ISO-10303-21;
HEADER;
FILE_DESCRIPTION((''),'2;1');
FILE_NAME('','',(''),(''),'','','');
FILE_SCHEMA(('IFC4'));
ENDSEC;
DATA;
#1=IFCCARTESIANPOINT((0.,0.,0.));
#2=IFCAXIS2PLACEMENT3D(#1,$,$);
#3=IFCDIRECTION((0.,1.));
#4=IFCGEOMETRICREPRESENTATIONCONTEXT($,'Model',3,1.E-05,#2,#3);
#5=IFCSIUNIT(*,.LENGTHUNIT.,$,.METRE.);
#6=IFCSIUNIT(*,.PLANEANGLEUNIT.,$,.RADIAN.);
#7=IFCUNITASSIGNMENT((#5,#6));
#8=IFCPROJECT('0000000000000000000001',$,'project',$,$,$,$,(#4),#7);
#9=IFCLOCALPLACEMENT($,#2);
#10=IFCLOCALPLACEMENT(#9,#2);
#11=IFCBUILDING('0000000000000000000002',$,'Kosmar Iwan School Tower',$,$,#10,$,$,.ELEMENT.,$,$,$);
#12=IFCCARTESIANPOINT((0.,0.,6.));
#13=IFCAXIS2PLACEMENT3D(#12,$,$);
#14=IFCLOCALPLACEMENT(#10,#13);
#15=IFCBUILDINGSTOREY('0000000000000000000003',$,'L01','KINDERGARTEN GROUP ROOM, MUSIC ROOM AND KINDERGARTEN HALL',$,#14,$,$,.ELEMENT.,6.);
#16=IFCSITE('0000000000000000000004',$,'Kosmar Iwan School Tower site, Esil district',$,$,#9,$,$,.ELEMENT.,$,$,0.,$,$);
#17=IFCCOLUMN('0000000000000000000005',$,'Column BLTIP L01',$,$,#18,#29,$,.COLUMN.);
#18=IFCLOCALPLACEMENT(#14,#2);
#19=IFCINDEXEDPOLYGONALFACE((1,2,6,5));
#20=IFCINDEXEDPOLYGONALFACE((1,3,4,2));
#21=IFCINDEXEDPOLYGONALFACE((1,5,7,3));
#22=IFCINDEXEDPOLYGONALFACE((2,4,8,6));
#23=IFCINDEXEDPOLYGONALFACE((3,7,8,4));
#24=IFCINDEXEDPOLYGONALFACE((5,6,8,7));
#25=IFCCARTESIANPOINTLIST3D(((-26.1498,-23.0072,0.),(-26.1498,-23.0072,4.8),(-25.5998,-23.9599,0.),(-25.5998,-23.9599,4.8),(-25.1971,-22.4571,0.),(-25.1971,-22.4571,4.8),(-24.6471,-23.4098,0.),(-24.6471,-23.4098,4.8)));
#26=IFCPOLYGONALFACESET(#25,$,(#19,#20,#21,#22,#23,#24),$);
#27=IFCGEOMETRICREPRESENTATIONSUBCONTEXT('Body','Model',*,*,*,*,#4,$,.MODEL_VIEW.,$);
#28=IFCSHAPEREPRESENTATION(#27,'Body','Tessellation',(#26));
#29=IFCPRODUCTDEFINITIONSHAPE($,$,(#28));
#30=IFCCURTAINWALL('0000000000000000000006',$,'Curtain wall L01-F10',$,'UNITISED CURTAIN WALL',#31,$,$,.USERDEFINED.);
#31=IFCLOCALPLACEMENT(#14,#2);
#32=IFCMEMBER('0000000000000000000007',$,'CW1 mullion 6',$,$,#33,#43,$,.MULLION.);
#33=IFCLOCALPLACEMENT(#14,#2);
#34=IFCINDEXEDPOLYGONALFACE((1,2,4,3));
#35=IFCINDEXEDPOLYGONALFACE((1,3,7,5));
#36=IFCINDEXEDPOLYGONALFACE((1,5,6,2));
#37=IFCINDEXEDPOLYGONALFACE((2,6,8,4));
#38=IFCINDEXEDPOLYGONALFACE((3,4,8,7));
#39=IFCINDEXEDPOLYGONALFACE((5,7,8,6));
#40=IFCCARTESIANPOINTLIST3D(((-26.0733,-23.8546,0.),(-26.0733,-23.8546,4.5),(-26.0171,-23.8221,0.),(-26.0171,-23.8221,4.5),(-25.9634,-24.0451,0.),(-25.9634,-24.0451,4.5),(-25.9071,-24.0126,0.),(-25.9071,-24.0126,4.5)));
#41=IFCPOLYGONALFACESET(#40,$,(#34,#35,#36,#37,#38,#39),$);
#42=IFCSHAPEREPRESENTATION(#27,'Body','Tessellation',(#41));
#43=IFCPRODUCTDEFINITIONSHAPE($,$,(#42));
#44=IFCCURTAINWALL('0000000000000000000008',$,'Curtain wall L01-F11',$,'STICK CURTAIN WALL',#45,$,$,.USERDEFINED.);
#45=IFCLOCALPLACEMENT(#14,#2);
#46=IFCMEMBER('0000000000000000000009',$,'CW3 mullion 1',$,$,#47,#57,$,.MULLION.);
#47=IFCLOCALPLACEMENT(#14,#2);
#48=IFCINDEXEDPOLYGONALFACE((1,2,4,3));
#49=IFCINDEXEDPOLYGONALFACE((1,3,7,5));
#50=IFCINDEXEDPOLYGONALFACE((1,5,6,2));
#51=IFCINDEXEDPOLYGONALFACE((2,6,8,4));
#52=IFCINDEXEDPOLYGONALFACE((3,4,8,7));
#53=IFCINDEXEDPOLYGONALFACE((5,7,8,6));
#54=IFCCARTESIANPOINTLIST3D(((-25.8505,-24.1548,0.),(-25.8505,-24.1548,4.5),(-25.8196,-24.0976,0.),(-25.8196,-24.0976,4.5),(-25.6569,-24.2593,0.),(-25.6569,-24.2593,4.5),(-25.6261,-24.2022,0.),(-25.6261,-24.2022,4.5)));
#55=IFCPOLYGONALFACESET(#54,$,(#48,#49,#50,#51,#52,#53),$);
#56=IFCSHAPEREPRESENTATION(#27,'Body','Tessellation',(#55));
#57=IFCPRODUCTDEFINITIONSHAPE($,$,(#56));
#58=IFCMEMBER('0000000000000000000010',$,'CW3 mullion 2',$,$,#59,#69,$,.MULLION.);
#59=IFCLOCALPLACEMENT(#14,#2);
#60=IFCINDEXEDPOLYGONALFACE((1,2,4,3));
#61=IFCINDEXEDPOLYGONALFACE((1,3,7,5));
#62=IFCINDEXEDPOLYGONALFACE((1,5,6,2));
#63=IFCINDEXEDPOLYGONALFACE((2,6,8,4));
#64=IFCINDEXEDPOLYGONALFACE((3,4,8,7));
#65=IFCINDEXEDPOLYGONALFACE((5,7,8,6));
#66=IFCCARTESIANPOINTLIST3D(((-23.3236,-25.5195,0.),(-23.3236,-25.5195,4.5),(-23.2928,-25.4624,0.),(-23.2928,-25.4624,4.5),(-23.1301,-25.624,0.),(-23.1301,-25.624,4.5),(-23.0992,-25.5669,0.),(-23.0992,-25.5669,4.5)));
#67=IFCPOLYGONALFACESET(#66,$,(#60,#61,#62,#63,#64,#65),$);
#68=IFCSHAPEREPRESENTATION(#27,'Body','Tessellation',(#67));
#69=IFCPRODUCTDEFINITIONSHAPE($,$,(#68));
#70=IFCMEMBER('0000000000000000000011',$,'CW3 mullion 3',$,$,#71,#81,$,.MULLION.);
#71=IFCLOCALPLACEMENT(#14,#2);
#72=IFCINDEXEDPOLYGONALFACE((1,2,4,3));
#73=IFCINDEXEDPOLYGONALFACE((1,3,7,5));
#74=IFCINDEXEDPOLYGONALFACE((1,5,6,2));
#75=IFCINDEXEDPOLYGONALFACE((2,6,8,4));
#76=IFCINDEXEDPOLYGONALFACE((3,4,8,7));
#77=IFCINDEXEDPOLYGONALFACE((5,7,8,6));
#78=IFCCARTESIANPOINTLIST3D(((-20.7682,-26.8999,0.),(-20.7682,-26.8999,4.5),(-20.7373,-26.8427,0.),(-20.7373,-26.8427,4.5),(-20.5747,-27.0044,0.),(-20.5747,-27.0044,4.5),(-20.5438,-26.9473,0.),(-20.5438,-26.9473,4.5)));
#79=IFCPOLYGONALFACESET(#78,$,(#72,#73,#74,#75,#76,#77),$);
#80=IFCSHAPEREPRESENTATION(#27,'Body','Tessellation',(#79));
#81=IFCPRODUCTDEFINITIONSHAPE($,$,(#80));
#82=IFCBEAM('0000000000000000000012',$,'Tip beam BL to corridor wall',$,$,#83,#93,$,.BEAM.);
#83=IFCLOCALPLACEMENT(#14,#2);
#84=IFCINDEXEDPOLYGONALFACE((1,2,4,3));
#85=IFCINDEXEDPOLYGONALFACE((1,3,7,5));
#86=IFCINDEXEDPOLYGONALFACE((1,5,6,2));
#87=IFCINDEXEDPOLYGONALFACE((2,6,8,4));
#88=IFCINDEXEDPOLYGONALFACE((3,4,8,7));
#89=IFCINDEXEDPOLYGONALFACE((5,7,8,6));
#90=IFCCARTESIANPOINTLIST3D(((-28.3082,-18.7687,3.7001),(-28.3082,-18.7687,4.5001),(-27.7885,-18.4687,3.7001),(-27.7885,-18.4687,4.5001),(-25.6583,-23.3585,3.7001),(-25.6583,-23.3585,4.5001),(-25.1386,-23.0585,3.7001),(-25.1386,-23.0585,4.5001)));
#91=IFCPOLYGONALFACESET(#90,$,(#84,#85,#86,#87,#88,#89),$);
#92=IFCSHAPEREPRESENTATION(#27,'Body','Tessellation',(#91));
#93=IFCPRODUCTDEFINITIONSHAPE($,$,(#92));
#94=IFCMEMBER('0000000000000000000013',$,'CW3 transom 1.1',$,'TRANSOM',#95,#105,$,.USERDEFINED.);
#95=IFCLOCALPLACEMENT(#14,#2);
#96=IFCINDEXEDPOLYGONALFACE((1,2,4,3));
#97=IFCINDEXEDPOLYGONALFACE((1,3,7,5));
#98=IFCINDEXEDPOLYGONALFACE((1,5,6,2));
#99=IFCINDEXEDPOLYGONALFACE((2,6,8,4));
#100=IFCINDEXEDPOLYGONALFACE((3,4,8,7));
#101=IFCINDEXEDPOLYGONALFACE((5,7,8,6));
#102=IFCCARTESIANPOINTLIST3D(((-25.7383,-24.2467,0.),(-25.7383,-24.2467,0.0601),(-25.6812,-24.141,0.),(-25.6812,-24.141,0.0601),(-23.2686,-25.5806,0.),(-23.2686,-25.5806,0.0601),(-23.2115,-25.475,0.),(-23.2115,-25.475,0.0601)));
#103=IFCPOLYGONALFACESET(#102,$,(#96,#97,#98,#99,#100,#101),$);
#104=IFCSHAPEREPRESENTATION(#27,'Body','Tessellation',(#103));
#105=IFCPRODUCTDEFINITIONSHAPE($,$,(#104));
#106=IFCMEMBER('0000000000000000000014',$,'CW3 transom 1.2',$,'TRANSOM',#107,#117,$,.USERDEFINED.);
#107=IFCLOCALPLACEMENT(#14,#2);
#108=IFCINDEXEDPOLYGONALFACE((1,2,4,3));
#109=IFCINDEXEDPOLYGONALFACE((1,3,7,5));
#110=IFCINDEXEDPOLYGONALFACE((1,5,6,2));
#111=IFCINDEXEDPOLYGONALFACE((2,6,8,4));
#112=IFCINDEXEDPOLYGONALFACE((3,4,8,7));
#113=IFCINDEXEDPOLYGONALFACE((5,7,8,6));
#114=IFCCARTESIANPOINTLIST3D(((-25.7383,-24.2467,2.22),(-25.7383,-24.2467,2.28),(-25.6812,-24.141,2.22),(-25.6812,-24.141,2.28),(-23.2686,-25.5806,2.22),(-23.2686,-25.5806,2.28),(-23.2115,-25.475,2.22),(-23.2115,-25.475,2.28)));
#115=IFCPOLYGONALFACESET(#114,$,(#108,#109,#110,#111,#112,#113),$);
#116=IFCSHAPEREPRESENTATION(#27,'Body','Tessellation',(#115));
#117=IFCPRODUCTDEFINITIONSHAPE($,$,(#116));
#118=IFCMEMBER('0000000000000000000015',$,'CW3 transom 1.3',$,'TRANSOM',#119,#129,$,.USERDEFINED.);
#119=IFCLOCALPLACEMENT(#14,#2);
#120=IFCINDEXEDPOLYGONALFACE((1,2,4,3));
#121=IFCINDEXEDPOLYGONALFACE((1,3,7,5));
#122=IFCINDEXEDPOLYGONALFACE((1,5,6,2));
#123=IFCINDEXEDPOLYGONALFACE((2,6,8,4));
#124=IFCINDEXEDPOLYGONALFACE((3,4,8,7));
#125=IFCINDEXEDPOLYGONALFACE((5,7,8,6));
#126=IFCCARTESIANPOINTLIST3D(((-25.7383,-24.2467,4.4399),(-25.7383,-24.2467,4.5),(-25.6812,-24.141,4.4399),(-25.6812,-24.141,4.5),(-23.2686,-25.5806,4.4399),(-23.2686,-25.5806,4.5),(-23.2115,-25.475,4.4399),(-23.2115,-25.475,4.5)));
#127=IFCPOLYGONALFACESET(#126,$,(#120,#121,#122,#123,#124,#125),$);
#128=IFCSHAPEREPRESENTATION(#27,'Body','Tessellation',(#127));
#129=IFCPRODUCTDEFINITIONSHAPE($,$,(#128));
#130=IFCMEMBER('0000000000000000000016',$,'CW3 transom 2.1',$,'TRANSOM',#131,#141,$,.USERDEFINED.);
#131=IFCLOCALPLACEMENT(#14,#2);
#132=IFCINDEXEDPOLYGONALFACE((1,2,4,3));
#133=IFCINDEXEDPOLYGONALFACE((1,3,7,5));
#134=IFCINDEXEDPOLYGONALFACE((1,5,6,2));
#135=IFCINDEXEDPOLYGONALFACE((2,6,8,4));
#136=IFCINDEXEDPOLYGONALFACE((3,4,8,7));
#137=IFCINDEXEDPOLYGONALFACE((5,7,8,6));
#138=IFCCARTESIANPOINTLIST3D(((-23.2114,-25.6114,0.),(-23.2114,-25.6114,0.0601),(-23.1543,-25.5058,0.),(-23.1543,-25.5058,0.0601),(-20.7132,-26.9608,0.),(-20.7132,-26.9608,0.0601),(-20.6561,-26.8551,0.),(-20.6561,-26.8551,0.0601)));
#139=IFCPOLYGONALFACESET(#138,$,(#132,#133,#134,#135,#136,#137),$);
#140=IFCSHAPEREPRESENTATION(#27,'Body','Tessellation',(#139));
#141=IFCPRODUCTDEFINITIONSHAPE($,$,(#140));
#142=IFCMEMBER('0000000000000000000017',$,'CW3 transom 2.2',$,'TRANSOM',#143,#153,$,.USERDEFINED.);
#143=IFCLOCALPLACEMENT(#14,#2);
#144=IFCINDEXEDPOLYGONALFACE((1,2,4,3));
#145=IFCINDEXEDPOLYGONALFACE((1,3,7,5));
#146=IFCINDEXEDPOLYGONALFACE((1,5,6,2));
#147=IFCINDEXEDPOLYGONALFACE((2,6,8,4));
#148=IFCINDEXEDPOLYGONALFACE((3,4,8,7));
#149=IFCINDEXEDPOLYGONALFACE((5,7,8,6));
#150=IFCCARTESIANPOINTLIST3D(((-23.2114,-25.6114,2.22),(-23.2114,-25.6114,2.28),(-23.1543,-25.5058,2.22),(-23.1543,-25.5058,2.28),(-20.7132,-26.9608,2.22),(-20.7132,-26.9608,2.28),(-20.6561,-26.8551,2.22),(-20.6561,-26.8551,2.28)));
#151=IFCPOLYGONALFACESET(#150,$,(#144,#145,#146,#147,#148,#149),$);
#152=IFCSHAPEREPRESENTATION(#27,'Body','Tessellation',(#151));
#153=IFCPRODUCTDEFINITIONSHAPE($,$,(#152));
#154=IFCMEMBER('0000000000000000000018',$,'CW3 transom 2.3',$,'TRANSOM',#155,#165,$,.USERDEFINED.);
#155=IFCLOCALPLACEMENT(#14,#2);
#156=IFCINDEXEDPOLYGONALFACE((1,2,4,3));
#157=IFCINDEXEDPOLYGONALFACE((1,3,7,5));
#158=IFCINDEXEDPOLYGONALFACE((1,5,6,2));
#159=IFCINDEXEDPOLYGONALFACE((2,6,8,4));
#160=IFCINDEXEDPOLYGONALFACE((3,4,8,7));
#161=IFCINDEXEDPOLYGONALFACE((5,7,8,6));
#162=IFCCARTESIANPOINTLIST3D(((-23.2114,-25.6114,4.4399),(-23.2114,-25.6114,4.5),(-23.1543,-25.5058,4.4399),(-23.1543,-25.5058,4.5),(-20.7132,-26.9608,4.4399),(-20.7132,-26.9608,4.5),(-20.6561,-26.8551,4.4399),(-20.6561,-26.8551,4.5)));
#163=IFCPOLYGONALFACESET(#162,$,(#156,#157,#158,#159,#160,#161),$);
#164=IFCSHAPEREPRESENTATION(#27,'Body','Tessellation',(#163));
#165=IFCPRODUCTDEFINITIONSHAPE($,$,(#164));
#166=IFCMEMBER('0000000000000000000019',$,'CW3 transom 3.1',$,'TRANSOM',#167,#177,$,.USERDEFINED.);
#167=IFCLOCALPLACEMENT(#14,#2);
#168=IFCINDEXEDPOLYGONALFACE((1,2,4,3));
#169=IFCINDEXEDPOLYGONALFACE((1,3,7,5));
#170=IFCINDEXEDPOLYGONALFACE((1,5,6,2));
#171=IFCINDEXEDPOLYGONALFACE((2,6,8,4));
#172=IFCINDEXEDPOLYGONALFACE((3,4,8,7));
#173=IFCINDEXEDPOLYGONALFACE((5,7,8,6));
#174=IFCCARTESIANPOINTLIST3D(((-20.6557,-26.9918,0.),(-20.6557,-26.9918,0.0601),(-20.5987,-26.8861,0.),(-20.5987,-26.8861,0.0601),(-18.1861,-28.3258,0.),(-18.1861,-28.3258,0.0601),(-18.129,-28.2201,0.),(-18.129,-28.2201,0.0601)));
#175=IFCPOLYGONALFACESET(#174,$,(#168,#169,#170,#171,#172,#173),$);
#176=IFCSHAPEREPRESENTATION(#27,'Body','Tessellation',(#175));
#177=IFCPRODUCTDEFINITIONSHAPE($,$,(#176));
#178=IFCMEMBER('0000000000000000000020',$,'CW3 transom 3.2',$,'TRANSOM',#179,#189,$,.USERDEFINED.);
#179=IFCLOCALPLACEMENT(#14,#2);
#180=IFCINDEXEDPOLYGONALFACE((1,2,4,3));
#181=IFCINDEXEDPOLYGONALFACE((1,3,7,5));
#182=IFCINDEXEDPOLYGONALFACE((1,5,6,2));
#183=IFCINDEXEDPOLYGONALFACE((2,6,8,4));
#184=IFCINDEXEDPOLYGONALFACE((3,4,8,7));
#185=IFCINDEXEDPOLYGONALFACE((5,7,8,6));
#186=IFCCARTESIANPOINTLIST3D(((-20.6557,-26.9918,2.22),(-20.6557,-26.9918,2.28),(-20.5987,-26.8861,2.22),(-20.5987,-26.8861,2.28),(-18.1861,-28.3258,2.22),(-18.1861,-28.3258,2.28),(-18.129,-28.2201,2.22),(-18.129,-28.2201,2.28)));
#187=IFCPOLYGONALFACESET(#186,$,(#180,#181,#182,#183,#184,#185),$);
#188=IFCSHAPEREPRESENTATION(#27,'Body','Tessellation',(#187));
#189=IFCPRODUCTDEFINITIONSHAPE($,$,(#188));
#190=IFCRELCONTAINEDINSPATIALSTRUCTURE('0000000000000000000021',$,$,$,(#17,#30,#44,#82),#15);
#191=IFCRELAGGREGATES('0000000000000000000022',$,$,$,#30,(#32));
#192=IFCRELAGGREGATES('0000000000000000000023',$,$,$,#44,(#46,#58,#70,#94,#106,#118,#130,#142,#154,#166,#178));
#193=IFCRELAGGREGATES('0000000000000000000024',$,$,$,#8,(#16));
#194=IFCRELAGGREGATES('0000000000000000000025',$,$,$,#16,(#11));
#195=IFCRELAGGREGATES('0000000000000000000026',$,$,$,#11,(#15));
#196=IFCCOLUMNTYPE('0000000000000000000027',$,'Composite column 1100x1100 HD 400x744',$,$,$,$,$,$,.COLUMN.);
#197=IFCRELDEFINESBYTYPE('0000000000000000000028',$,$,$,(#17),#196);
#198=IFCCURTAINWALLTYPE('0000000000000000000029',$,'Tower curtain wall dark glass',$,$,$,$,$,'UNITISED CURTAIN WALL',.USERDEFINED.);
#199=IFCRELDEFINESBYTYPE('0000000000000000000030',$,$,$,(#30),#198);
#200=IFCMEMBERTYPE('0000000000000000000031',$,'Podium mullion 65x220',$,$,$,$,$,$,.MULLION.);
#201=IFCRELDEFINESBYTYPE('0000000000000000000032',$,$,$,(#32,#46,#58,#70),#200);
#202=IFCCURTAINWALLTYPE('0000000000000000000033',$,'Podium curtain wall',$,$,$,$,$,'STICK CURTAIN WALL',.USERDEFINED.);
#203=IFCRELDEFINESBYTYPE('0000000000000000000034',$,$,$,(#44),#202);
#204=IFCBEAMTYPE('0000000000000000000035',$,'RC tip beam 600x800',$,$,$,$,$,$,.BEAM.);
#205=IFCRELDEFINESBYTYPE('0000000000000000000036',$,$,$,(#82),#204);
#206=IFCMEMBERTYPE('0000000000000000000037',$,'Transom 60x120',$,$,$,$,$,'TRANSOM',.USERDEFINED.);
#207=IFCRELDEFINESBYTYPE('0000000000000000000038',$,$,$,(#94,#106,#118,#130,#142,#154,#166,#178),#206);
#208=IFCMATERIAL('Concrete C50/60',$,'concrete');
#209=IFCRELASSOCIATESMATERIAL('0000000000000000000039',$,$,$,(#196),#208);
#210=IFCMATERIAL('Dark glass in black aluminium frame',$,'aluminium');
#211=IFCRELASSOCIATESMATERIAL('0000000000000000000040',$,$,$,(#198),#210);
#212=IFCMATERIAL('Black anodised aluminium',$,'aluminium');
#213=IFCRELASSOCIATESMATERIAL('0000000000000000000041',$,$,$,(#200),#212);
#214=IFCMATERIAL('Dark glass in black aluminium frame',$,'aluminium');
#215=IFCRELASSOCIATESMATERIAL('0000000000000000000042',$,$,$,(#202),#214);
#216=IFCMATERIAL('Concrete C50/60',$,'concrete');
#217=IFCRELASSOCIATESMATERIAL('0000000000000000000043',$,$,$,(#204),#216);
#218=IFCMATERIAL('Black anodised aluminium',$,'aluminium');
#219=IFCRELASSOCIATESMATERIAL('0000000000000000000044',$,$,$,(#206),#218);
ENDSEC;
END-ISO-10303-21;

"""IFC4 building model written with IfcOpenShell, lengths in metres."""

from ifc_helpers import new_model, si_unit, direction, frame, origin, origin_2d, place, context, subcontext, project, spatial, rectangle, extrude, material, material_profile, profile_set, type_object, element, aggregate, save


model = new_model("IFC4")

# Units and contexts
model_context = context("Model", 3, precision=1e-05, world=origin(), true_north=direction((0.0, 1.0)))
body_context = subcontext(model_context, "Body", "Model", "MODEL_VIEW")
ifc_project = project(units=[si_unit("LENGTHUNIT", "METRE"), si_unit("PLANEANGLEUNIT", "RADIAN")], contexts=[model_context])

# Site, building, storey
site_placement = place(None, origin())
site = spatial("IfcSite", under=ifc_project, at=site_placement, Name="Kosmar Iwan School Tower site, Esil district", CompositionType="ELEMENT", RefElevation=0.0)
building_placement = place(site_placement, origin())
building = spatial("IfcBuilding", under=site, at=building_placement, Name="Kosmar Iwan School Tower", CompositionType="ELEMENT")
storey_placement = place(building_placement, frame((0.0, 0.0, 6.0)))
storey = spatial("IfcBuildingStorey", under=building, at=storey_placement, Name="L01", Description="KINDERGARTEN GROUP ROOM, MUSIC ROOM AND KINDERGARTEN HALL", CompositionType="ELEMENT", Elevation=6.0)

# Column
ifc_material_1 = material(Name="Concrete C50/60", Category="concrete")
ifc_material_profile_1 = material_profile(ifc_material_1, rectangle(XDim=1.1001, YDim=1.1001, at=origin_2d()), Name="RC 1100x1100 + HD 400x744")
ifc_profile_set_1 = profile_set([ifc_material_profile_1], Name="Concrete C50/60")
column_type = type_object("IfcColumnType", Name="Composite column 1100x1100 HD 400x744", PredefinedType="COLUMN", material=ifc_profile_set_1)
column_placement = place(storey_placement, frame((-25.3984, -23.2085, 0.0), z_axis=(0.0, 0.0, 1.0), x_axis=(-0.866025, -0.5, 0.0)))
element("IfcColumn", 1, at=column_placement, inside=storey, type_object=column_type, Name="Column BLTIP L01", PredefinedType="COLUMN", context=body_context, shape_type="SweptSolid", body=[
    extrude(rectangle(XDim=1.1001, YDim=1.1001, at=origin_2d()), origin(), (0.0, 0.0, 1.0), 4.8),
])

# Curtain wall, member
ifc_material_2 = material(Name="Dark glass in black aluminium frame", Category="aluminium")
curtain_wall_type_1 = type_object("IfcCurtainWallType", Name="Tower curtain wall dark glass", ElementType="UNITISED CURTAIN WALL", PredefinedType="USERDEFINED", material=ifc_material_2)
curtain_wall_1_placement = place(storey_placement, origin())
curtain_wall_1 = element("IfcCurtainWall", 2, at=curtain_wall_1_placement, inside=storey, type_object=curtain_wall_type_1, Name="Curtain wall L01-F10", ObjectType="UNITISED CURTAIN WALL", PredefinedType="USERDEFINED")
ifc_material_3 = material(Name="Black anodised aluminium", Category="aluminium")
ifc_material_profile_2 = material_profile(ifc_material_3, rectangle(XDim=0.0649, YDim=0.22, at=origin_2d()), Name="MULLION 65x220")
ifc_profile_set_2 = profile_set([ifc_material_profile_2], Name="Black anodised aluminium")
member_type_1 = type_object("IfcMemberType", Name="Podium mullion 65x220", PredefinedType="MULLION", material=ifc_profile_set_2)
member_1_placement = place(storey_placement, frame((-25.9902, -23.9336, 0.0), z_axis=(0.0, 0.0, 1.0), x_axis=(0.866025, 0.5, 0.0)))
member_1 = element("IfcMember", 3, at=member_1_placement, type_object=member_type_1, Name="CW1 mullion 6", PredefinedType="MULLION", context=body_context, shape_type="SweptSolid", body=[
    extrude(rectangle(XDim=0.0649, YDim=0.22, at=origin_2d()), origin(), (0.0, 0.0, 1.0), 4.5),
])

# Curtain wall, members
ifc_material_4 = material(Name="Dark glass in black aluminium frame", Category="aluminium")
curtain_wall_type_2 = type_object("IfcCurtainWallType", Name="Podium curtain wall", ElementType="STICK CURTAIN WALL", PredefinedType="USERDEFINED", material=ifc_material_4)
curtain_wall_2_placement = place(storey_placement, origin())
curtain_wall_2 = element("IfcCurtainWall", 4, at=curtain_wall_2_placement, inside=storey, type_object=curtain_wall_type_2, Name="Curtain wall L01-F11", ObjectType="STICK CURTAIN WALL", PredefinedType="USERDEFINED")
member_2_placement = place(storey_placement, frame((-25.7383, -24.1785, 0.0), z_axis=(0.0, 0.0, 1.0), x_axis=(0.475215, 0.879869, 0.0)))
member_2 = element("IfcMember", 5, at=member_2_placement, type_object=member_type_1, Name="CW3 mullion 1", PredefinedType="MULLION", context=body_context, shape_type="SweptSolid", body=[
    extrude(rectangle(XDim=0.0649, YDim=0.22, at=origin_2d()), origin(), (0.0, 0.0, 1.0), 4.5),
])
member_3_placement = place(storey_placement, frame((-23.2114, -25.5432, 0.0), z_axis=(0.0, 0.0, 1.0), x_axis=(0.475215, 0.879869, 0.0)))
member_3 = element("IfcMember", 6, at=member_3_placement, type_object=member_type_1, Name="CW3 mullion 2", PredefinedType="MULLION", context=body_context, shape_type="SweptSolid", body=[
    extrude(rectangle(XDim=0.0649, YDim=0.22, at=origin_2d()), origin(), (0.0, 0.0, 1.0), 4.5),
])
member_4_placement = place(storey_placement, frame((-20.656, -26.9236, 0.0), z_axis=(0.0, 0.0, 1.0), x_axis=(0.475215, 0.879869, 0.0)))
member_4 = element("IfcMember", 7, at=member_4_placement, type_object=member_type_1, Name="CW3 mullion 3", PredefinedType="MULLION", context=body_context, shape_type="SweptSolid", body=[
    extrude(rectangle(XDim=0.0649, YDim=0.22, at=origin_2d()), origin(), (0.0, 0.0, 1.0), 4.5),
])

# Beam
ifc_material_5 = material(Name="Concrete C50/60", Category="concrete")
ifc_material_profile_3 = material_profile(ifc_material_5, rectangle(XDim=0.6001, YDim=0.8, at=origin_2d()), Name="RC 600x800")
ifc_profile_set_3 = profile_set([ifc_material_profile_3], Name="Concrete C50/60")
beam_type = type_object("IfcBeamType", Name="RC tip beam 600x800", PredefinedType="BEAM", material=ifc_profile_set_3)
beam_placement = place(storey_placement, frame((-25.3984, -23.2085, 4.1001), z_axis=(-0.499994, 0.866029, 0.0), x_axis=(-0.866029, -0.499994, 0.0)))
element("IfcBeam", 8, at=beam_placement, inside=storey, type_object=beam_type, Name="Tip beam BL to corridor wall", PredefinedType="BEAM", context=body_context, shape_type="SweptSolid", body=[
    extrude(rectangle(XDim=0.6001, YDim=0.8, at=origin_2d()), origin(), (0.0, 0.0, 1.0), 5.2998),
])

# Members
ifc_material_6 = material(Name="Black anodised aluminium", Category="aluminium")
ifc_material_profile_4 = material_profile(ifc_material_6, rectangle(XDim=0.1201, YDim=0.0601, at=origin_2d()), Name="TRANSOM 60x120")
ifc_profile_set_4 = profile_set([ifc_material_profile_4], Name="Black anodised aluminium")
member_type_2 = type_object("IfcMemberType", Name="Transom 60x120", ElementType="TRANSOM", PredefinedType="USERDEFINED", material=ifc_profile_set_4)
member_5_placement = place(storey_placement, frame((-25.7097, -24.1938, 0.03), z_axis=(0.879856, -0.47524, 0.0), x_axis=(0.47524, 0.879856, 0.0)))
member_5 = element("IfcMember", 9, at=member_5_placement, type_object=member_type_2, Name="CW3 transom 1.1", ObjectType="TRANSOM", PredefinedType="USERDEFINED", context=body_context, shape_type="SweptSolid", body=[
    extrude(rectangle(XDim=0.1201, YDim=0.0601, at=origin_2d()), origin(), (0.0, 0.0, 1.0), 2.8069),
])
member_6_placement = place(storey_placement, frame((-25.7097, -24.1938, 2.25), z_axis=(0.879856, -0.47524, 0.0), x_axis=(0.47524, 0.879856, 0.0)))
member_6 = element("IfcMember", 10, at=member_6_placement, type_object=member_type_2, Name="CW3 transom 1.2", ObjectType="TRANSOM", PredefinedType="USERDEFINED", context=body_context, shape_type="SweptSolid", body=[
    extrude(rectangle(XDim=0.1201, YDim=0.0601, at=origin_2d()), origin(), (0.0, 0.0, 1.0), 2.8069),
])
member_7_placement = place(storey_placement, frame((-25.7097, -24.1938, 4.47), z_axis=(0.879856, -0.47524, 0.0), x_axis=(0.47524, 0.879856, 0.0)))
member_7 = element("IfcMember", 11, at=member_7_placement, type_object=member_type_2, Name="CW3 transom 1.3", ObjectType="TRANSOM", PredefinedType="USERDEFINED", context=body_context, shape_type="SweptSolid", body=[
    extrude(rectangle(XDim=0.1201, YDim=0.0601, at=origin_2d()), origin(), (0.0, 0.0, 1.0), 2.8069),
])
member_8_placement = place(storey_placement, frame((-23.1829, -25.5586, 0.03), z_axis=(0.879863, -0.475227, 0.0), x_axis=(0.475227, 0.879863, 0.0)))
member_8 = element("IfcMember", 12, at=member_8_placement, type_object=member_type_2, Name="CW3 transom 2.1", ObjectType="TRANSOM", PredefinedType="USERDEFINED", context=body_context, shape_type="SweptSolid", body=[
    extrude(rectangle(XDim=0.1201, YDim=0.0601, at=origin_2d()), origin(), (0.0, 0.0, 1.0), 2.8394),
])
member_9_placement = place(storey_placement, frame((-23.1829, -25.5586, 2.25), z_axis=(0.879863, -0.475227, 0.0), x_axis=(0.475227, 0.879863, 0.0)))
member_9 = element("IfcMember", 13, at=member_9_placement, type_object=member_type_2, Name="CW3 transom 2.2", ObjectType="TRANSOM", PredefinedType="USERDEFINED", context=body_context, shape_type="SweptSolid", body=[
    extrude(rectangle(XDim=0.1201, YDim=0.0601, at=origin_2d()), origin(), (0.0, 0.0, 1.0), 2.8394),
])
member_10_placement = place(storey_placement, frame((-23.1829, -25.5586, 4.47), z_axis=(0.879863, -0.475227, 0.0), x_axis=(0.475227, 0.879863, 0.0)))
member_10 = element("IfcMember", 14, at=member_10_placement, type_object=member_type_2, Name="CW3 transom 2.3", ObjectType="TRANSOM", PredefinedType="USERDEFINED", context=body_context, shape_type="SweptSolid", body=[
    extrude(rectangle(XDim=0.1201, YDim=0.0601, at=origin_2d()), origin(), (0.0, 0.0, 1.0), 2.8394),
])
member_11_placement = place(storey_placement, frame((-20.6272, -26.939, 0.03), z_axis=(0.879856, -0.47524, 0.0), x_axis=(0.47524, 0.879856, 0.0)))
member_11 = element("IfcMember", 15, at=member_11_placement, type_object=member_type_2, Name="CW3 transom 3.1", ObjectType="TRANSOM", PredefinedType="USERDEFINED", context=body_context, shape_type="SweptSolid", body=[
    extrude(rectangle(XDim=0.1201, YDim=0.0601, at=origin_2d()), origin(), (0.0, 0.0, 1.0), 2.8069),
])
member_12_placement = place(storey_placement, frame((-20.6272, -26.939, 2.25), z_axis=(0.879856, -0.47524, 0.0), x_axis=(0.47524, 0.879856, 0.0)))
member_12 = element("IfcMember", 16, at=member_12_placement, type_object=member_type_2, Name="CW3 transom 3.2", ObjectType="TRANSOM", PredefinedType="USERDEFINED", context=body_context, shape_type="SweptSolid", body=[
    extrude(rectangle(XDim=0.1201, YDim=0.0601, at=origin_2d()), origin(), (0.0, 0.0, 1.0), 2.8069),
])

aggregate(curtain_wall_1, [member_1])
aggregate(curtain_wall_2, [member_2, member_3, member_4, member_5, member_6, member_7, member_8, member_9, member_10, member_11, member_12])

save(model, "model.ifc")
